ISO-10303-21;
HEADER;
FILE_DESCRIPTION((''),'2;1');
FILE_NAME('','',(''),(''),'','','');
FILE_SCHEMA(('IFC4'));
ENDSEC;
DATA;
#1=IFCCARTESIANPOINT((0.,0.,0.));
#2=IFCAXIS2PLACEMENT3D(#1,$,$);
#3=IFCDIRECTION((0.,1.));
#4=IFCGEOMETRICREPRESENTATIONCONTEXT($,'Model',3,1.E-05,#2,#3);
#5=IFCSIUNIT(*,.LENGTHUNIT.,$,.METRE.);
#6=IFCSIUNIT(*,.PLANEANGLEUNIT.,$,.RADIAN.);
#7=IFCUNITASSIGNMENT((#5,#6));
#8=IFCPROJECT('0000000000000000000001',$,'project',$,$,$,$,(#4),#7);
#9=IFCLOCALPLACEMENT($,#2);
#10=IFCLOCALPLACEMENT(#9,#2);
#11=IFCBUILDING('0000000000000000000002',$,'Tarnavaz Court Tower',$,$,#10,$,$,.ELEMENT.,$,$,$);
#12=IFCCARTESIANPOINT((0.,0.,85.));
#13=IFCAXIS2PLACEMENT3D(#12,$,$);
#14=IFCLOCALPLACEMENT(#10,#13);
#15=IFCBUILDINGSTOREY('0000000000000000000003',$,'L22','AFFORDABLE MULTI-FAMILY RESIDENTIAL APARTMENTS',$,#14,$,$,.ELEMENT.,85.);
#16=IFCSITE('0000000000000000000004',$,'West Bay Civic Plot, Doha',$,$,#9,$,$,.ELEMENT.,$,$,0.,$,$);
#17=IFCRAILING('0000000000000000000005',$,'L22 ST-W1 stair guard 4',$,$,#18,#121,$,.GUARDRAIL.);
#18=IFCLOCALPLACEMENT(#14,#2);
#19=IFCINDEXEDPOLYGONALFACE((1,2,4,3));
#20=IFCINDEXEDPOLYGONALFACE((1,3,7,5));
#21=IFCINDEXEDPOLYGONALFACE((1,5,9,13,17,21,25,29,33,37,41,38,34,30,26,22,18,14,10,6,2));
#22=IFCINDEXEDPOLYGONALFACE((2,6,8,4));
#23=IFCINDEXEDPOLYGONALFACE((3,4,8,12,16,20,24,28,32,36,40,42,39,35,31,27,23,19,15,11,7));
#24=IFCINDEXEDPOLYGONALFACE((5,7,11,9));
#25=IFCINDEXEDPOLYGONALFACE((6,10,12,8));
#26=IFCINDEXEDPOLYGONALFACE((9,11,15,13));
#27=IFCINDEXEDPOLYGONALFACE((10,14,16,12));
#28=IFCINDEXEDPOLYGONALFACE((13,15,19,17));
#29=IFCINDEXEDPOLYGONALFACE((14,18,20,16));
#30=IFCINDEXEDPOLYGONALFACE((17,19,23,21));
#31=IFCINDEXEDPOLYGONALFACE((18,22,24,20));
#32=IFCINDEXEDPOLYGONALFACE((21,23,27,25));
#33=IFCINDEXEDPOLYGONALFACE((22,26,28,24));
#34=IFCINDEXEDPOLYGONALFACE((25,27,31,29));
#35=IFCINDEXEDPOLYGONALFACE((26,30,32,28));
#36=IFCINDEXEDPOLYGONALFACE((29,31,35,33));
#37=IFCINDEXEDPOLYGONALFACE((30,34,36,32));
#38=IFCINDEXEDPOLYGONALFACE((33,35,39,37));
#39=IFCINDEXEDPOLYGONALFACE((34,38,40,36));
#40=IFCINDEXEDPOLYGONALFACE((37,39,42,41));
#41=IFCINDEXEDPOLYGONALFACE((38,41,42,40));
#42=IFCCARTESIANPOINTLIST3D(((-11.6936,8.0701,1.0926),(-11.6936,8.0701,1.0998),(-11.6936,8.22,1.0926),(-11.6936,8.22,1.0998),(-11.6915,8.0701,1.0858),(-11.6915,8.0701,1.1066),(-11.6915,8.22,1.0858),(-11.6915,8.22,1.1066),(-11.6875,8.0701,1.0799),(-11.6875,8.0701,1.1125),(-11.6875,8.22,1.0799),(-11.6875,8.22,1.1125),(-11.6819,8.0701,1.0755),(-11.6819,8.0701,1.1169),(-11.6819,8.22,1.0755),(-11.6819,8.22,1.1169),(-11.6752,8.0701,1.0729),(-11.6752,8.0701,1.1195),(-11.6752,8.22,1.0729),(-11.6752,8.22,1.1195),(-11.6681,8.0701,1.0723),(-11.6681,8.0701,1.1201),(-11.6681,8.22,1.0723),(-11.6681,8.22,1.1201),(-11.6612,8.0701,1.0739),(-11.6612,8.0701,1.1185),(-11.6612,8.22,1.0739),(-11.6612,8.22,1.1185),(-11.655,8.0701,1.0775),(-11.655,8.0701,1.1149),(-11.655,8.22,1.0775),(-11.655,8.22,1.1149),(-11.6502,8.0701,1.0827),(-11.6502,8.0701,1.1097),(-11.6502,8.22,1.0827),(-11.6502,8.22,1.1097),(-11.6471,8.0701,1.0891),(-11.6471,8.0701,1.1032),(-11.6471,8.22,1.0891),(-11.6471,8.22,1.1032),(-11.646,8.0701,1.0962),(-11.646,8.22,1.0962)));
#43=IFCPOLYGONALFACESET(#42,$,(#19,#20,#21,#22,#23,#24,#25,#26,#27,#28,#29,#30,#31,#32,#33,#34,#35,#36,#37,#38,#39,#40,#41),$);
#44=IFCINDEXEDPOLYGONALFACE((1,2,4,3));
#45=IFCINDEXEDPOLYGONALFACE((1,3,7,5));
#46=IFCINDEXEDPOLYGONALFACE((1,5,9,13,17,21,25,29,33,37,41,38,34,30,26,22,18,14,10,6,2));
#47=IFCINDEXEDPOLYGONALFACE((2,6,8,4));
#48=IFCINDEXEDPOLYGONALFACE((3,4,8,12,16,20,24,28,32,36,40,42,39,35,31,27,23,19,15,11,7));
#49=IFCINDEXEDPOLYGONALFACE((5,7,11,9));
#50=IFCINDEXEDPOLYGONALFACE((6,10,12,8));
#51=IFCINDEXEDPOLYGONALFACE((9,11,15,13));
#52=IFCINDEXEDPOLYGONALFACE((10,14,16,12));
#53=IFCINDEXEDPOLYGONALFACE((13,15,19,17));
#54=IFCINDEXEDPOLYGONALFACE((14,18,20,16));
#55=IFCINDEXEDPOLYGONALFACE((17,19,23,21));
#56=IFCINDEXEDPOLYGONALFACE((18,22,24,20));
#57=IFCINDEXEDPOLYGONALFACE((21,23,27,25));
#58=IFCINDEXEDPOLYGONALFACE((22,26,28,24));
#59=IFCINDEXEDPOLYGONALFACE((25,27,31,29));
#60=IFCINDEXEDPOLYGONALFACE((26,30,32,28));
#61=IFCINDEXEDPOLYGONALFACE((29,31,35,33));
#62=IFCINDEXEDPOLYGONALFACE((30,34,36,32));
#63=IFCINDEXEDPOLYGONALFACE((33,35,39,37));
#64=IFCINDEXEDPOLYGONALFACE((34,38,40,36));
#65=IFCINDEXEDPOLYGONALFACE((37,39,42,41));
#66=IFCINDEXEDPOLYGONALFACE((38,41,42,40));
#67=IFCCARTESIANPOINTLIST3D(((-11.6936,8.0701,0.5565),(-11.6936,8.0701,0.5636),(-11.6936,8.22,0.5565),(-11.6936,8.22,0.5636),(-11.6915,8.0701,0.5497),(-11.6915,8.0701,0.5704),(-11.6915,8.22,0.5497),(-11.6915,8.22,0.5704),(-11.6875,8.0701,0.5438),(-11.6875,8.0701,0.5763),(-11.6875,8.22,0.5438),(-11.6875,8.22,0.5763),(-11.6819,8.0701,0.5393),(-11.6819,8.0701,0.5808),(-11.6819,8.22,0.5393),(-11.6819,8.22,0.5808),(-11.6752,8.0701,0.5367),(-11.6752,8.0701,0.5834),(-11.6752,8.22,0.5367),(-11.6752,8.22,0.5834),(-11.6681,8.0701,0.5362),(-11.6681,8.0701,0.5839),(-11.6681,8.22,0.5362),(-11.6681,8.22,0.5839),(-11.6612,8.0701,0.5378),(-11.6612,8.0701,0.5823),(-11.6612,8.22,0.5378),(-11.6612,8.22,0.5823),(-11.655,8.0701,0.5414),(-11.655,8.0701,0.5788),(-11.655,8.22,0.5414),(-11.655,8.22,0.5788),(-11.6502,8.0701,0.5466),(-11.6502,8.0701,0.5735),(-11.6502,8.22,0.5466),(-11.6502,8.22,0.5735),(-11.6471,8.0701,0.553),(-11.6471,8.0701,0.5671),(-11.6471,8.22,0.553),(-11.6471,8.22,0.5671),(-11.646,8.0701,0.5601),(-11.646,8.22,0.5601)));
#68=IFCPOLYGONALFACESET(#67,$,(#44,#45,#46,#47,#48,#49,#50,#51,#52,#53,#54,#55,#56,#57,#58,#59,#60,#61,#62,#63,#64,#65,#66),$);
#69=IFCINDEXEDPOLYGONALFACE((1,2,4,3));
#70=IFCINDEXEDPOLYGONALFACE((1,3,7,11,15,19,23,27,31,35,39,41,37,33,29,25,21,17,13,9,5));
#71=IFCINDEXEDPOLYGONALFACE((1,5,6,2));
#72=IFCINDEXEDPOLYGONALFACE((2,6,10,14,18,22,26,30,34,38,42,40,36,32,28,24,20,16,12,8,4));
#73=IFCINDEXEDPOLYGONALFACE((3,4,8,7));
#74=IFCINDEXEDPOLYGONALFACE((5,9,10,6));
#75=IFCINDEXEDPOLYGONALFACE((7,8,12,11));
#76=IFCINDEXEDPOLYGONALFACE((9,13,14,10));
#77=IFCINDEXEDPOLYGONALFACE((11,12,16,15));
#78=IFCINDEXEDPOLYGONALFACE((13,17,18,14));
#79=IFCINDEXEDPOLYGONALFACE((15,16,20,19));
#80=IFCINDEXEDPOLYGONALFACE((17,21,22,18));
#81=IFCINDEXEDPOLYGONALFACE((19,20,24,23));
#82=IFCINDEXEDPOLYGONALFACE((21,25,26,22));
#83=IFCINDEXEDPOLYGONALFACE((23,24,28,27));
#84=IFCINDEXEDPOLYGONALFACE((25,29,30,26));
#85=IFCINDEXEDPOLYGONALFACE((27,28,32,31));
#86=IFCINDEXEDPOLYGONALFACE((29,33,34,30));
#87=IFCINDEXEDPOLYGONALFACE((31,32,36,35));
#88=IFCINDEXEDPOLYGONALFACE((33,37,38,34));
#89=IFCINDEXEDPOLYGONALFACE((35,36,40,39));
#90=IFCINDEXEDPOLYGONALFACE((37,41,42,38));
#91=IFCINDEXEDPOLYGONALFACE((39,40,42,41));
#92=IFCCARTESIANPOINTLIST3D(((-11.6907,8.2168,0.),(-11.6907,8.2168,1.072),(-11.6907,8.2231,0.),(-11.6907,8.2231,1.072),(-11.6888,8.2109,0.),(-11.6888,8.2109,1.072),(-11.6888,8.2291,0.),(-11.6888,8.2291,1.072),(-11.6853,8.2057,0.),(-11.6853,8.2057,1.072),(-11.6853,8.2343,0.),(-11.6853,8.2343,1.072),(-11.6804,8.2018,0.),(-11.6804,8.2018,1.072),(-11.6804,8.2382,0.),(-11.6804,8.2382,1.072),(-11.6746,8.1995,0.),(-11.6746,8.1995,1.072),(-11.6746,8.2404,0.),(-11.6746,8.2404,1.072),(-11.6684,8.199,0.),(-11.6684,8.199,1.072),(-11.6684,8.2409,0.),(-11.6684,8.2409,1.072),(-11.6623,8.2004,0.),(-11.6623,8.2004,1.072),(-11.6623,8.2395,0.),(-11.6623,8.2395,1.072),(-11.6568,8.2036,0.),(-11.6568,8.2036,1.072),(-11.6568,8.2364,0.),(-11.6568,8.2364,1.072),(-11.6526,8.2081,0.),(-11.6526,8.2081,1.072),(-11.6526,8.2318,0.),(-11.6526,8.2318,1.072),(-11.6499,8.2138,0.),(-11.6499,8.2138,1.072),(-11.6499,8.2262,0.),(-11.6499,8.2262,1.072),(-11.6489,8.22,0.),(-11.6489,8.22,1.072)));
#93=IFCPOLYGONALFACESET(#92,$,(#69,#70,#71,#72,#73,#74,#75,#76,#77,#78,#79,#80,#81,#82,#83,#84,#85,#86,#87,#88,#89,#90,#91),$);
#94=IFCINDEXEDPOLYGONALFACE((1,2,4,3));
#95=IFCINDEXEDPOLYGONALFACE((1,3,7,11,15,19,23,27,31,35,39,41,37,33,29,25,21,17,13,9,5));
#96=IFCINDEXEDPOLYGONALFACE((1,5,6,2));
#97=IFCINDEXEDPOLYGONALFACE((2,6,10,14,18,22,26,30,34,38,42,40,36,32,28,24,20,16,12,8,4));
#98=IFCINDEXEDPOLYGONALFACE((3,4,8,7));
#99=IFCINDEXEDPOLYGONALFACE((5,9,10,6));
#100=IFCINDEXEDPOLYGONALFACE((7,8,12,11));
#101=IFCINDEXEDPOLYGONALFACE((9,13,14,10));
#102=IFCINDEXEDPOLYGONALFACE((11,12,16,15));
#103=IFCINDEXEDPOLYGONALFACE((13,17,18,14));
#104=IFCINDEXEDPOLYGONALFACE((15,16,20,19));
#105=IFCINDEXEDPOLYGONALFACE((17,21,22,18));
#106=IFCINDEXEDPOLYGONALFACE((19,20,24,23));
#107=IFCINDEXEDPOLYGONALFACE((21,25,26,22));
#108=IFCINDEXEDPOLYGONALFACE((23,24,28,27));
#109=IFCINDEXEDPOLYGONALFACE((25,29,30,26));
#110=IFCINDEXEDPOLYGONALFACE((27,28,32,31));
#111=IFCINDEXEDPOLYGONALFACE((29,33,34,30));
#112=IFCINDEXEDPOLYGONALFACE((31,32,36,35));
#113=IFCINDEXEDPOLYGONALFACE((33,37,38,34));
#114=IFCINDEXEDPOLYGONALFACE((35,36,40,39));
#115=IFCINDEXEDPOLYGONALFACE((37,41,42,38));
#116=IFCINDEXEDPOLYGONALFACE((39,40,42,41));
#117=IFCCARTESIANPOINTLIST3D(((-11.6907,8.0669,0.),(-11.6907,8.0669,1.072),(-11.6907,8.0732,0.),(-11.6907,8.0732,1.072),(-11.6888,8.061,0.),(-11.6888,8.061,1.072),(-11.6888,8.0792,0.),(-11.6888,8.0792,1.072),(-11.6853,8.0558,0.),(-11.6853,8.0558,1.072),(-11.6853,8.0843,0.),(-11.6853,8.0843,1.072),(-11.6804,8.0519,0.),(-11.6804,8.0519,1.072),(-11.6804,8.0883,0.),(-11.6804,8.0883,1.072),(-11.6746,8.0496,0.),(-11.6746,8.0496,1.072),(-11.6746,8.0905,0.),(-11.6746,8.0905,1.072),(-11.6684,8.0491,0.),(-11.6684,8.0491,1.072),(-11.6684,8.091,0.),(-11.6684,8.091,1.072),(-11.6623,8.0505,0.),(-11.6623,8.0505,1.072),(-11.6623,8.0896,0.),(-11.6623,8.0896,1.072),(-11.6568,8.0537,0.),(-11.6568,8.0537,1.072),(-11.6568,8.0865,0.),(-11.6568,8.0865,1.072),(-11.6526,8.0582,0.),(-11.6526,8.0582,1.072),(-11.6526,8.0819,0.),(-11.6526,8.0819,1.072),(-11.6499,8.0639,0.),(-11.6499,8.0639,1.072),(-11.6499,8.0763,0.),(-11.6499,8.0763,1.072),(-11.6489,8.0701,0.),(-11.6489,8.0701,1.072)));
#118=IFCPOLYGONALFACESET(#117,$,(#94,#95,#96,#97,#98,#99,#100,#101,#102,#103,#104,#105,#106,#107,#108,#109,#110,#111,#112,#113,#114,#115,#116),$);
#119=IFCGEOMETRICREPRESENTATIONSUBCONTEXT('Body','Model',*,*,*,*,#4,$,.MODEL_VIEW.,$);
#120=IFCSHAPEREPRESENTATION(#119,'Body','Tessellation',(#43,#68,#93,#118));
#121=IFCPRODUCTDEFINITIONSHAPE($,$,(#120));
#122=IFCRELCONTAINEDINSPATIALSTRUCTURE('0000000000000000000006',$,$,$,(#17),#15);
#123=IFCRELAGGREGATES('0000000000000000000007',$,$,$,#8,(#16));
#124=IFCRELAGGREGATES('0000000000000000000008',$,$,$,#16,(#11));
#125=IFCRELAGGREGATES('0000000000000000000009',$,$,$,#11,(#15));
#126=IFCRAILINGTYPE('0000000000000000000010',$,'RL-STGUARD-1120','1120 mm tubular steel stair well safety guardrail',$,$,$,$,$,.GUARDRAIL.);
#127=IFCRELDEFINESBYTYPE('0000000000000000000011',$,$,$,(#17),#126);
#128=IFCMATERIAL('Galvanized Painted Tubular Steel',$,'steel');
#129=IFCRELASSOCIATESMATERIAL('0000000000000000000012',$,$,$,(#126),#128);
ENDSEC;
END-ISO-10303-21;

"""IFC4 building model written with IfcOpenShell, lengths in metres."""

from ifc_helpers import new_model, si_unit, direction, frame, origin, origin_2d, place, context, subcontext, project, spatial, circle, extrude, material, type_object, element, save


model = new_model("IFC4")

# Units and contexts
model_context = context("Model", 3, precision=1e-05, world=origin(), true_north=direction((0.0, 1.0)))
body_context = subcontext(model_context, "Body", "Model", "MODEL_VIEW")
ifc_project = project(units=[si_unit("LENGTHUNIT", "METRE"), si_unit("PLANEANGLEUNIT", "RADIAN")], contexts=[model_context])

# Site, building, storey
site_placement = place(None, origin())
site = spatial("IfcSite", under=ifc_project, at=site_placement, Name="West Bay Civic Plot, Doha", CompositionType="ELEMENT", RefElevation=0.0)
building_placement = place(site_placement, origin())
building = spatial("IfcBuilding", under=site, at=building_placement, Name="Tarnavaz Court Tower", CompositionType="ELEMENT")
storey_placement = place(building_placement, frame((0.0, 0.0, 85.0)))
storey = spatial("IfcBuildingStorey", under=building, at=storey_placement, Name="L22", Description="AFFORDABLE MULTI-FAMILY RESIDENTIAL APARTMENTS", CompositionType="ELEMENT", Elevation=85.0)

# Railing
ifc_material_1 = material(Name="Galvanized Painted Tubular Steel", Category="steel")
railing_type_1 = type_object("IfcRailingType", Name="RL-STGUARD-1120", Description="1120 mm tubular steel stair well safety guardrail", PredefinedType="GUARDRAIL", material=ifc_material_1)
railing_1_placement = place(storey_placement, frame((-11.6699, 8.22, 0.0)))
element("IfcRailing", 1, at=railing_1_placement, inside=storey, type_object=railing_type_1, Name="L22 ST-W1 stair guard 4", PredefinedType="GUARDRAIL", context=body_context, shape_type="SweptSolid", body=[
    extrude(circle(Radius=0.0239, at=origin_2d()), frame((0.0, 0.0, 1.0962), z_axis=(0.0, -1.0, 0.0), x_axis=(1.0, 0.0, 0.0)), (0.0, 0.0, 1.0), 0.1499),
    extrude(circle(Radius=0.0239, at=origin_2d()), frame((0.0, 0.0, 0.5601), z_axis=(0.0, -1.0, 0.0), x_axis=(1.0, 0.0, 0.0)), (0.0, 0.0, 1.0), 0.1499),
    extrude(circle(Radius=0.021, at=origin_2d()), origin(), (0.0, 0.0, 1.0), 1.072),
    extrude(circle(Radius=0.021, at=origin_2d()), frame((0.0, -0.1499, 0.0)), (0.0, 0.0, 1.0), 1.072),
])

save(model, "model.ifc")
